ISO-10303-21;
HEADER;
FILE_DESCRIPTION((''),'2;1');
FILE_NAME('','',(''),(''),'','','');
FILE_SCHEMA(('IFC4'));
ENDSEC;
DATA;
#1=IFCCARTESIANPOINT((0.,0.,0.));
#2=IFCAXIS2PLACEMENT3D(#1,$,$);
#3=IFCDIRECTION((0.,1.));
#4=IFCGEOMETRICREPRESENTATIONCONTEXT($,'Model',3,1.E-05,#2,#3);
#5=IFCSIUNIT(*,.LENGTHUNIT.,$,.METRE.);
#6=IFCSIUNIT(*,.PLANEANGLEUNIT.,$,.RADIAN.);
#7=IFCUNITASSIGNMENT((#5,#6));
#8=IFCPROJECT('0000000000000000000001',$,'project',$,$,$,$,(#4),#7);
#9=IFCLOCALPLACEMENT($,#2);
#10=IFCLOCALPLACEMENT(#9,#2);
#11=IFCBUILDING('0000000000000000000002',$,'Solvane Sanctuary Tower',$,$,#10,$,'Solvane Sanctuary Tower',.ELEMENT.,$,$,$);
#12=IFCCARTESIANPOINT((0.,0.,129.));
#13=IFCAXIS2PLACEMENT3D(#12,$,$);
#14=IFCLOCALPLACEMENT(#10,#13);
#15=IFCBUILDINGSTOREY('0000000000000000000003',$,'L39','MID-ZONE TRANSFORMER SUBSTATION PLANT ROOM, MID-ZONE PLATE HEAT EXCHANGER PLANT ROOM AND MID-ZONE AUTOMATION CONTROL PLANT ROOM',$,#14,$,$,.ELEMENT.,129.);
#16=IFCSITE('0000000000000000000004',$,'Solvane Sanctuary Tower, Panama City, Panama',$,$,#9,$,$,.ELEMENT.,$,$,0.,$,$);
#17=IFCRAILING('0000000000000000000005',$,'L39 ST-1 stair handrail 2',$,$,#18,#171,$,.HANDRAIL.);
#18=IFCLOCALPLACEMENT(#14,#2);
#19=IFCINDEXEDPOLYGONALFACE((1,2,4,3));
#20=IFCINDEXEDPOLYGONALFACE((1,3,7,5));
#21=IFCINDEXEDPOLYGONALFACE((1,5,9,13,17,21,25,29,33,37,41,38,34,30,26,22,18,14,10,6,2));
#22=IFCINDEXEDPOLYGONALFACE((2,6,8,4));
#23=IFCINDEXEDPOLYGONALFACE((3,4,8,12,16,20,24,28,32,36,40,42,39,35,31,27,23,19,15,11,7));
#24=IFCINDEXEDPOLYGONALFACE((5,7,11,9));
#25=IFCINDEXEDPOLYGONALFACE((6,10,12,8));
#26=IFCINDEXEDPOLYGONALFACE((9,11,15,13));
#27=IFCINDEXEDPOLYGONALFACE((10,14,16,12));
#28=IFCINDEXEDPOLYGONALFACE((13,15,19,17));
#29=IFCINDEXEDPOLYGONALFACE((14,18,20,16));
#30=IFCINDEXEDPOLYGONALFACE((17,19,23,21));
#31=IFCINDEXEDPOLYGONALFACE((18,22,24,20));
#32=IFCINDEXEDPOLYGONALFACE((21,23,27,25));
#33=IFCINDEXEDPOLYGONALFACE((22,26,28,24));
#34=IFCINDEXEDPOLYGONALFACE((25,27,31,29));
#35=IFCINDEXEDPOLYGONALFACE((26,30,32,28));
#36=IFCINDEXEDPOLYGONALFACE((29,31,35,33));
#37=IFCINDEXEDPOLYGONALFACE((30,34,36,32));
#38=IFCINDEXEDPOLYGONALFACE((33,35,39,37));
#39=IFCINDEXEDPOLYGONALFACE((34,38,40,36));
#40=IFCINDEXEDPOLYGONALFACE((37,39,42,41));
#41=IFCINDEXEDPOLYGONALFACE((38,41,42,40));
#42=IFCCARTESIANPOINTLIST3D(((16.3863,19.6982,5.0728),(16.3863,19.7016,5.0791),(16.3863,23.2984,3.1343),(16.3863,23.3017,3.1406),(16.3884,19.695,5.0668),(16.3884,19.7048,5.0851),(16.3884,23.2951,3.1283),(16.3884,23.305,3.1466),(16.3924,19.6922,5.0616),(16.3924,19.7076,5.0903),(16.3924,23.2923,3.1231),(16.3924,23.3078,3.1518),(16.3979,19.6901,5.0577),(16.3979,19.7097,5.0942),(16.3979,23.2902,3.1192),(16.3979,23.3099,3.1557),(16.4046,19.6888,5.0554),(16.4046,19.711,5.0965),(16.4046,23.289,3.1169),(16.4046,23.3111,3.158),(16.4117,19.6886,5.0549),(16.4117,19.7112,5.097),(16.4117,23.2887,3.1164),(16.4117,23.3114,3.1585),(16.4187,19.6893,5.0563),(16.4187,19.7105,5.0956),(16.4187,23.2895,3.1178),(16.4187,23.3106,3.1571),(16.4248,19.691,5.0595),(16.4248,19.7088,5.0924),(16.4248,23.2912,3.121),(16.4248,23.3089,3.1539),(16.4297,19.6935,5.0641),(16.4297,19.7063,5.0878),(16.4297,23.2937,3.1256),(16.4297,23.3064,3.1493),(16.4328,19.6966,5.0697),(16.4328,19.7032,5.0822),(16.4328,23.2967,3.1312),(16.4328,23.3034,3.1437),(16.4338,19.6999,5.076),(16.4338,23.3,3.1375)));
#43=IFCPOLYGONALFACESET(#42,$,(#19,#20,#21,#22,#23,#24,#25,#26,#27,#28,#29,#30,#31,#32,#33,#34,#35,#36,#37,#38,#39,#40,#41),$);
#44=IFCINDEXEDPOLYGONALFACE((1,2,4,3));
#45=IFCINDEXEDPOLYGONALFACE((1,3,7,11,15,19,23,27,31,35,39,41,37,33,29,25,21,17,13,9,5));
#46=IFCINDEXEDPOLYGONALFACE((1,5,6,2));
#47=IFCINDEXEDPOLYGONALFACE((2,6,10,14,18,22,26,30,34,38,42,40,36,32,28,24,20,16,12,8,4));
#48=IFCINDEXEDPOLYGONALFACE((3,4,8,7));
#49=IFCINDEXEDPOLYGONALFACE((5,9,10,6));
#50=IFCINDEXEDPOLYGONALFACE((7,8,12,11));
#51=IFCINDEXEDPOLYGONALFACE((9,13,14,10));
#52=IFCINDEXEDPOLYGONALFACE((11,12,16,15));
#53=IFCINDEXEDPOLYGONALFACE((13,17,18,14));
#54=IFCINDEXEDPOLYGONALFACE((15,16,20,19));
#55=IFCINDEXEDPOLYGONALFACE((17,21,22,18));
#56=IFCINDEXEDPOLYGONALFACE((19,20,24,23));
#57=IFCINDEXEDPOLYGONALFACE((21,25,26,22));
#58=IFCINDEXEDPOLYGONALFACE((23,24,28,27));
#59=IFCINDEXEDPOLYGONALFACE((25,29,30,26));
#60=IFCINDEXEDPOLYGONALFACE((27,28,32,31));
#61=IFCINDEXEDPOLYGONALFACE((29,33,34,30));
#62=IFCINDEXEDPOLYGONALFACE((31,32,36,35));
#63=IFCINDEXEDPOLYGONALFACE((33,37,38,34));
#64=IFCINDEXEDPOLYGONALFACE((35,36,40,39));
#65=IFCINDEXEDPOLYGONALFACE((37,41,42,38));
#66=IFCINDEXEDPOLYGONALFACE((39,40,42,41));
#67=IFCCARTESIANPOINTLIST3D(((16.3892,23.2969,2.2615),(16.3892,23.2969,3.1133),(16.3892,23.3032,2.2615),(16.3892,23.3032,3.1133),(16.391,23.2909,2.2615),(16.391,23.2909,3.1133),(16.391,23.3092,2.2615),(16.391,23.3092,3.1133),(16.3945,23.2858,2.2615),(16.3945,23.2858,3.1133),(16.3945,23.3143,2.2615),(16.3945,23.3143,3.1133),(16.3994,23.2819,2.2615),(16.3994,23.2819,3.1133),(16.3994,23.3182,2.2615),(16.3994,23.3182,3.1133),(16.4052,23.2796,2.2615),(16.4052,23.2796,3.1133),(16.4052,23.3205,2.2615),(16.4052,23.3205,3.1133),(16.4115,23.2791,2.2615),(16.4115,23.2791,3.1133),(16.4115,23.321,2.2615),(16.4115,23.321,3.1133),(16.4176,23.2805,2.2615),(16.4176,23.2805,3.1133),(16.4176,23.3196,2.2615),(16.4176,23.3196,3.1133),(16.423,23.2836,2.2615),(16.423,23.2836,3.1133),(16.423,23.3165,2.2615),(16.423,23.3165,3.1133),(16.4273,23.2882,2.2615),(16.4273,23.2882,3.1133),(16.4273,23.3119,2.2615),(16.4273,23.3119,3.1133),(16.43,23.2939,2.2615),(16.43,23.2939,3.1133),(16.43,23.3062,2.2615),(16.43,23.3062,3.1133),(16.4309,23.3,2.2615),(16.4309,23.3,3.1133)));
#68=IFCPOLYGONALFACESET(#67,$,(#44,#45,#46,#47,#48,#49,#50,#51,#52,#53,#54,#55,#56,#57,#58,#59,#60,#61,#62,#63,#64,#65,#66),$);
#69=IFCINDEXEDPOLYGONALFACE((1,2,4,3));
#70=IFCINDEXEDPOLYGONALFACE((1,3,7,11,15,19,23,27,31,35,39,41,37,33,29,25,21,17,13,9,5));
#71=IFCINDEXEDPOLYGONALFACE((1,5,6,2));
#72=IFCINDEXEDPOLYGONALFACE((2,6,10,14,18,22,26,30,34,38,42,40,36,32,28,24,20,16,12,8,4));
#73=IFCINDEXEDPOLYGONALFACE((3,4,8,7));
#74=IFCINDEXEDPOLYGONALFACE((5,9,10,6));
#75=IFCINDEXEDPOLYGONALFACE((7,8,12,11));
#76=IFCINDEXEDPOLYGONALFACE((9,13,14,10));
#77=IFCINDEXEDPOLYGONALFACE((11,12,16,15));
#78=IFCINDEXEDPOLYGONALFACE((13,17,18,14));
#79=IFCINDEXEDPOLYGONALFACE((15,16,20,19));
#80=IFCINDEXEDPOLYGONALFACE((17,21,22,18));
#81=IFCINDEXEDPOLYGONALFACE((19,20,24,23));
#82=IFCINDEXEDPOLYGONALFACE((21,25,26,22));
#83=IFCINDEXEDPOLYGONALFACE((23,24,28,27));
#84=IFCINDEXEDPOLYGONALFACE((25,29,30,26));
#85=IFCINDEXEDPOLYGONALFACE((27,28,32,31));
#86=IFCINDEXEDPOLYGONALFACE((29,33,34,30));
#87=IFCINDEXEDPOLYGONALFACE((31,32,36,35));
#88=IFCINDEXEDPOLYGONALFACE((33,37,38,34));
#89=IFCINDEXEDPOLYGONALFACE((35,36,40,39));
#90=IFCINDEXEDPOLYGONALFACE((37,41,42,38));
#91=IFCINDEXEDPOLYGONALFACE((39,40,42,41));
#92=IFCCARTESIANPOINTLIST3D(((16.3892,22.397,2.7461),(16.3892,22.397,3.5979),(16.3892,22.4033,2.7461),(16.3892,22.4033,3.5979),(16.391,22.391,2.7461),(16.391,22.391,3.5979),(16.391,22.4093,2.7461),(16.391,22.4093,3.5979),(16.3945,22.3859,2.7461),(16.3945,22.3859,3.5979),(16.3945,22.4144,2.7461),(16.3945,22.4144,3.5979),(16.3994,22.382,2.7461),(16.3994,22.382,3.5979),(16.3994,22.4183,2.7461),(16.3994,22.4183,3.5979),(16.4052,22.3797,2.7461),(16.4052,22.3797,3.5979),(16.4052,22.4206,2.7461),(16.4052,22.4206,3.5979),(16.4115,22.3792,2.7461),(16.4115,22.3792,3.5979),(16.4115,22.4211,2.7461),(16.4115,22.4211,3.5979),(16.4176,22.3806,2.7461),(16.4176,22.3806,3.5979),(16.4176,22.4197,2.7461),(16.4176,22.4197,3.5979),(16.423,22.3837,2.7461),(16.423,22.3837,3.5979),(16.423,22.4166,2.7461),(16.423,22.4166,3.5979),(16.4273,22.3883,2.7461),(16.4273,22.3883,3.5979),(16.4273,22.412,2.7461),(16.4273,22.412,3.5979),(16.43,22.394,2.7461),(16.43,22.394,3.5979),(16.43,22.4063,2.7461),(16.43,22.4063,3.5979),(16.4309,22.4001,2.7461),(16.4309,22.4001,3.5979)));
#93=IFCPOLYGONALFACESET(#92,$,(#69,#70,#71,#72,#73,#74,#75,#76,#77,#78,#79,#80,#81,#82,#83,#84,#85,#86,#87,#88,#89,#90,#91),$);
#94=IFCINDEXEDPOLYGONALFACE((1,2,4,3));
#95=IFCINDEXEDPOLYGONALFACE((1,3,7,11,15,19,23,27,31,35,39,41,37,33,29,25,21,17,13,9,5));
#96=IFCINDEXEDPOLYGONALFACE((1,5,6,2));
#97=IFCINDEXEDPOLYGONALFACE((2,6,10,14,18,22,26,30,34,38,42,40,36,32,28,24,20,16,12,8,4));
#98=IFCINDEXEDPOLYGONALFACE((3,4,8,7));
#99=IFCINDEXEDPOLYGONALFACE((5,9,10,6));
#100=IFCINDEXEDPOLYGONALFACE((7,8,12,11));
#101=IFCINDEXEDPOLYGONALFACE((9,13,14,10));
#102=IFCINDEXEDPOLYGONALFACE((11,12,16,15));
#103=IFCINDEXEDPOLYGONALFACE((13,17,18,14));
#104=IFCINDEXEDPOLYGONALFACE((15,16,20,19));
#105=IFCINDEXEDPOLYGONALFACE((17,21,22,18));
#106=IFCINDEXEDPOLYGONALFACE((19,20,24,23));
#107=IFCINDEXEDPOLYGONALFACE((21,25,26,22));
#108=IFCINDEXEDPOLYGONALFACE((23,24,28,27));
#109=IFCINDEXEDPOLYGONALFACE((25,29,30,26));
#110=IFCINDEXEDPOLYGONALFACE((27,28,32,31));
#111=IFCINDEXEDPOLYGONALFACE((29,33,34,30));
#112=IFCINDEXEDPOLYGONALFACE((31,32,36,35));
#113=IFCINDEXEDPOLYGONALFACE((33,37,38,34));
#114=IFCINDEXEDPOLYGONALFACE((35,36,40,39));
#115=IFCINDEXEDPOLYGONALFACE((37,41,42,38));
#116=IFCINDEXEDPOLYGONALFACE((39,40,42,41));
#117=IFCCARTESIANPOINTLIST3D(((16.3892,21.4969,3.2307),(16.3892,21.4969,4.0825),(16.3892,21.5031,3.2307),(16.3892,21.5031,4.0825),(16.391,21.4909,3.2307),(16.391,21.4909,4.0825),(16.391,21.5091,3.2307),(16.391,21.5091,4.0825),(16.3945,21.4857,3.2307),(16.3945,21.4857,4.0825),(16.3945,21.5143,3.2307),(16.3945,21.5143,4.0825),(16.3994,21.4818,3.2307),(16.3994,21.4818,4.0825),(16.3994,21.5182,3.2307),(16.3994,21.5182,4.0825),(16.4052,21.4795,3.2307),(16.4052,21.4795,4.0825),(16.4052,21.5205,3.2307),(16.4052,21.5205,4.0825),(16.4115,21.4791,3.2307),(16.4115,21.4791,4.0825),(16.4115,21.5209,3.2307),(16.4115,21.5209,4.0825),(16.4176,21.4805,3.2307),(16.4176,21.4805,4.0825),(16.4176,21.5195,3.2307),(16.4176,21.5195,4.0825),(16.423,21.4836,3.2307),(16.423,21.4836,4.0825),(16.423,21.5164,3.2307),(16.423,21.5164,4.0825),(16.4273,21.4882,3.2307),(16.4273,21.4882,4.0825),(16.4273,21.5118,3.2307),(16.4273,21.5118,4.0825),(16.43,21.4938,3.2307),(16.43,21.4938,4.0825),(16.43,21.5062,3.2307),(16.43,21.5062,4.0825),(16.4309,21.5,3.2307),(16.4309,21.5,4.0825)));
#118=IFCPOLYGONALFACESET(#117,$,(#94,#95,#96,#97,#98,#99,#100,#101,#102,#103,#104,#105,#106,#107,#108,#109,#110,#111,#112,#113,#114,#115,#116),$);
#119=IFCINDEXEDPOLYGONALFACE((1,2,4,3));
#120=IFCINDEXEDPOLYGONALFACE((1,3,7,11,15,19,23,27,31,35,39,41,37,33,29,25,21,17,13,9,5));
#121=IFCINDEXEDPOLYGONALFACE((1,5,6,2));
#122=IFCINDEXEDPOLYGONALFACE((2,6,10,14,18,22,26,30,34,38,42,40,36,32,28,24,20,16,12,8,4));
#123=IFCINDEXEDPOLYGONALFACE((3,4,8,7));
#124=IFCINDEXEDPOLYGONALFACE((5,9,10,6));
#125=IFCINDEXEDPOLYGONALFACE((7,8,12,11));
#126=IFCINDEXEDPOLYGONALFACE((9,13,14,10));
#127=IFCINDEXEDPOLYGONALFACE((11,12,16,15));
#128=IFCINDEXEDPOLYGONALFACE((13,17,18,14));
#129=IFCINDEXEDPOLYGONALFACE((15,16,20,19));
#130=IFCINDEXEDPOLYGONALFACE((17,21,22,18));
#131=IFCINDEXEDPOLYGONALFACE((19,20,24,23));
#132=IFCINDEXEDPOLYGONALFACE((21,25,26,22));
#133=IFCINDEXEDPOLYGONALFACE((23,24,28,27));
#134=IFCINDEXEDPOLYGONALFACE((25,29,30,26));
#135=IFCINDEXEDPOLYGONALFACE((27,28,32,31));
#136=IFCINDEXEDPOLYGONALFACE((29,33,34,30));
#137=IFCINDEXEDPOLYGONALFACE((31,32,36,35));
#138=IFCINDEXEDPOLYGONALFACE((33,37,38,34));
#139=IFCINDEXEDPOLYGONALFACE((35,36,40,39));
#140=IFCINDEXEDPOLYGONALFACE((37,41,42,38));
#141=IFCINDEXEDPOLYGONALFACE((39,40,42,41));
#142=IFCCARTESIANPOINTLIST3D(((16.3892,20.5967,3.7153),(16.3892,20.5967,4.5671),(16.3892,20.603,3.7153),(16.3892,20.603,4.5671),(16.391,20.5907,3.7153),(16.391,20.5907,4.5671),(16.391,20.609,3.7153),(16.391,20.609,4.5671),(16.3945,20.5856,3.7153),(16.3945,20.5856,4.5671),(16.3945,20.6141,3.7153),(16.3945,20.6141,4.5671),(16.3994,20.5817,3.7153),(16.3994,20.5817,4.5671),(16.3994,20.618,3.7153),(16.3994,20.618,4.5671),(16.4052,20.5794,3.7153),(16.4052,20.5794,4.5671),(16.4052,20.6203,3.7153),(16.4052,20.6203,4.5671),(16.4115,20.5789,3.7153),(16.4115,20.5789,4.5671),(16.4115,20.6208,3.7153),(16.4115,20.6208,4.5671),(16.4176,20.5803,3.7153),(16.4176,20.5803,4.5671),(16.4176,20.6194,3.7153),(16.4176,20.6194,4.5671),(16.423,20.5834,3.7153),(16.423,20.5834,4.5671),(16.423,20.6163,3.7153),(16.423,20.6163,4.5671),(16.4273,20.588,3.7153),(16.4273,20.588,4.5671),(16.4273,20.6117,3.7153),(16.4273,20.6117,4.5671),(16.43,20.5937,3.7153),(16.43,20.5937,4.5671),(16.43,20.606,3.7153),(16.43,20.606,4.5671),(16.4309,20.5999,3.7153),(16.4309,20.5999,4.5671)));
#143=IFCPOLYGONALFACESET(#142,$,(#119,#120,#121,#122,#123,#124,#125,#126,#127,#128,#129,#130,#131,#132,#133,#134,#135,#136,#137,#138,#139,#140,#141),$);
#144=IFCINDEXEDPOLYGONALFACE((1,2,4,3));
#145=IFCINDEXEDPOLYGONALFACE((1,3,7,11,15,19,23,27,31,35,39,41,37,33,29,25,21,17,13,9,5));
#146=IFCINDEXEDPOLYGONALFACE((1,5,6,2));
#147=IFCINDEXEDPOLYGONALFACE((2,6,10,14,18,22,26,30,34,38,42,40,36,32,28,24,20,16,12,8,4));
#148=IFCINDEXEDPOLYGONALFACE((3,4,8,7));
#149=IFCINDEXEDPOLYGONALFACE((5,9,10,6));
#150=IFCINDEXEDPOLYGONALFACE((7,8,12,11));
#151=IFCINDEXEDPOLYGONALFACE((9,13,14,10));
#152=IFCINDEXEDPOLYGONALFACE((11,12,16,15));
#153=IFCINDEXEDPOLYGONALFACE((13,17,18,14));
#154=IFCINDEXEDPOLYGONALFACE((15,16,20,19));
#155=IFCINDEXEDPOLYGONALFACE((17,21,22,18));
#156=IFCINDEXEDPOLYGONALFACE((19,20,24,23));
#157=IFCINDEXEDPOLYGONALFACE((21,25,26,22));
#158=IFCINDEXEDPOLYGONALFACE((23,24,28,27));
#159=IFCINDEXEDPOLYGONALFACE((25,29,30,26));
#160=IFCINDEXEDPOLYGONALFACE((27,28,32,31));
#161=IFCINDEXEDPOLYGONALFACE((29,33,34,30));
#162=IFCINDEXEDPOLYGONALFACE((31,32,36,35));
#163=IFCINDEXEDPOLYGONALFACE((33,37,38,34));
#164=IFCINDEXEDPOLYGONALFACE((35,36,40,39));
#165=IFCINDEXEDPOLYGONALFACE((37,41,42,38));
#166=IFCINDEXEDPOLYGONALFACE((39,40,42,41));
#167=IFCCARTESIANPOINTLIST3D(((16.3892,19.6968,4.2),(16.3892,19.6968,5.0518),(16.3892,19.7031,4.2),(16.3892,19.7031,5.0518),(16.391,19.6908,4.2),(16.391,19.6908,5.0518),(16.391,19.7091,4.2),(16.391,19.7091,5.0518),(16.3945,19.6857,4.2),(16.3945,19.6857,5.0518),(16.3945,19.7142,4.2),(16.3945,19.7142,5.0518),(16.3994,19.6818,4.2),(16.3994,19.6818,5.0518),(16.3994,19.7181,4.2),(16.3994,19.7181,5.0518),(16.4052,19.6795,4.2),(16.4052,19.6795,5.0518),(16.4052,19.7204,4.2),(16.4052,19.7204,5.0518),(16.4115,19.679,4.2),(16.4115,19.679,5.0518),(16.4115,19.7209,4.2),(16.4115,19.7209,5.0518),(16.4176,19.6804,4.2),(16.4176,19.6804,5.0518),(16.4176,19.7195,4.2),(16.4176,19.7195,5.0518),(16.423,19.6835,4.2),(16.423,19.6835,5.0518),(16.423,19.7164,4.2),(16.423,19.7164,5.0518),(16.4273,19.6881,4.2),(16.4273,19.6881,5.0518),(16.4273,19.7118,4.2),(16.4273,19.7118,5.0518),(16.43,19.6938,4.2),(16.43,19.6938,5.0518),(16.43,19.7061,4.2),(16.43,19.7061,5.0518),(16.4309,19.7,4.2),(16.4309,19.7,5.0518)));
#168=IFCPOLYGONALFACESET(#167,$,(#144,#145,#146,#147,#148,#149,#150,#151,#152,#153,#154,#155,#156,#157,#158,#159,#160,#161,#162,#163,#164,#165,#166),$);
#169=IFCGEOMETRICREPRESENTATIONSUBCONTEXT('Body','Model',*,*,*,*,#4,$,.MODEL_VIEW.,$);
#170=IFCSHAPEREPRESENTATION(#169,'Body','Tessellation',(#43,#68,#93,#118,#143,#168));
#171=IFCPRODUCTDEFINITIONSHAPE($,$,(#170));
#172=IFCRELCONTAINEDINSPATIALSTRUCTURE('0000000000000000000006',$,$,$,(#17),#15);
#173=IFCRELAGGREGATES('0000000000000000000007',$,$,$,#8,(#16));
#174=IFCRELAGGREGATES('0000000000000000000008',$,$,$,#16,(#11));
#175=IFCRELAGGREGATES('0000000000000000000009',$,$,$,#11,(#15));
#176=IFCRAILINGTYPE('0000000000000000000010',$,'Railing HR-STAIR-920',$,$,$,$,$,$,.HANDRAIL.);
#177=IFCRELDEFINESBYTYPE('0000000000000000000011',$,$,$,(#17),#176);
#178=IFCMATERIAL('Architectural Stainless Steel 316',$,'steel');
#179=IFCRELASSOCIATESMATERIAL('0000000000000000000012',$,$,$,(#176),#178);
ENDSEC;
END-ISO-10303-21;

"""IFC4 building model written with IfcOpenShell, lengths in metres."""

from ifc_helpers import new_model, si_unit, direction, frame, origin, origin_2d, place, context, subcontext, project, spatial, circle, extrude, material, type_object, element, save


model = new_model("IFC4")

# Units and contexts
model_context = context("Model", 3, precision=1e-05, world=origin(), true_north=direction((0.0, 1.0)))
body_context = subcontext(model_context, "Body", "Model", "MODEL_VIEW")
ifc_project = project(units=[si_unit("LENGTHUNIT", "METRE"), si_unit("PLANEANGLEUNIT", "RADIAN")], contexts=[model_context])

# Site, building, storey
site_placement = place(None, origin())
site = spatial("IfcSite", under=ifc_project, at=site_placement, Name="Solvane Sanctuary Tower, Panama City, Panama", CompositionType="ELEMENT", RefElevation=0.0)
building_placement = place(site_placement, origin())
building = spatial("IfcBuilding", under=site, at=building_placement, Name="Solvane Sanctuary Tower", LongName="Solvane Sanctuary Tower", CompositionType="ELEMENT")
storey_placement = place(building_placement, frame((0.0, 0.0, 129.0)))
storey = spatial("IfcBuildingStorey", under=building, at=storey_placement, Name="L39", Description="MID-ZONE TRANSFORMER SUBSTATION PLANT ROOM, MID-ZONE PLATE HEAT EXCHANGER PLANT ROOM AND MID-ZONE AUTOMATION CONTROL PLANT ROOM", CompositionType="ELEMENT", Elevation=129.0)

# Shared definitions
ifc_material_1 = material(Name="Architectural Stainless Steel 316", Category="steel")

# Railing
railing_type_1 = type_object("IfcRailingType", Name="Railing HR-STAIR-920", PredefinedType="HANDRAIL", material=ifc_material_1)
for number, where, name in (
    (1, (16.4099, 23.3, 2.2615), "L39 ST-1 stair handrail 2"),
):
    element("IfcRailing", number, at=place(storey_placement, frame(where)), inside=storey, type_object=railing_type_1, Name=name, PredefinedType="HANDRAIL", context=body_context, shape_type="SweptSolid", body=[
        extrude(circle(Radius=0.0239, at=origin_2d()), frame((0.0, 0.0, 0.876), z_axis=(0.0, -0.880475, 0.474093), x_axis=(1.0, 0.0, 0.0)), (0.0, 0.0, 1.0), 4.0889),
        extrude(circle(Radius=0.021, at=origin_2d()), origin(), (0.0, 0.0, 1.0), 0.8518),
        extrude(circle(Radius=0.021, at=origin_2d()), frame((0.0, -0.8999, 0.4846)), (0.0, 0.0, 1.0), 0.8518),
        extrude(circle(Radius=0.021, at=origin_2d()), frame((0.0, -1.8, 0.9692)), (0.0, 0.0, 1.0), 0.8518),
        extrude(circle(Radius=0.021, at=origin_2d()), frame((0.0, -2.7002, 1.4539)), (0.0, 0.0, 1.0), 0.8518),
        extrude(circle(Radius=0.021, at=origin_2d()), frame((0.0, -3.6001, 1.9385)), (0.0, 0.0, 1.0), 0.8518),
    ])

save(model, "model.ifc")
